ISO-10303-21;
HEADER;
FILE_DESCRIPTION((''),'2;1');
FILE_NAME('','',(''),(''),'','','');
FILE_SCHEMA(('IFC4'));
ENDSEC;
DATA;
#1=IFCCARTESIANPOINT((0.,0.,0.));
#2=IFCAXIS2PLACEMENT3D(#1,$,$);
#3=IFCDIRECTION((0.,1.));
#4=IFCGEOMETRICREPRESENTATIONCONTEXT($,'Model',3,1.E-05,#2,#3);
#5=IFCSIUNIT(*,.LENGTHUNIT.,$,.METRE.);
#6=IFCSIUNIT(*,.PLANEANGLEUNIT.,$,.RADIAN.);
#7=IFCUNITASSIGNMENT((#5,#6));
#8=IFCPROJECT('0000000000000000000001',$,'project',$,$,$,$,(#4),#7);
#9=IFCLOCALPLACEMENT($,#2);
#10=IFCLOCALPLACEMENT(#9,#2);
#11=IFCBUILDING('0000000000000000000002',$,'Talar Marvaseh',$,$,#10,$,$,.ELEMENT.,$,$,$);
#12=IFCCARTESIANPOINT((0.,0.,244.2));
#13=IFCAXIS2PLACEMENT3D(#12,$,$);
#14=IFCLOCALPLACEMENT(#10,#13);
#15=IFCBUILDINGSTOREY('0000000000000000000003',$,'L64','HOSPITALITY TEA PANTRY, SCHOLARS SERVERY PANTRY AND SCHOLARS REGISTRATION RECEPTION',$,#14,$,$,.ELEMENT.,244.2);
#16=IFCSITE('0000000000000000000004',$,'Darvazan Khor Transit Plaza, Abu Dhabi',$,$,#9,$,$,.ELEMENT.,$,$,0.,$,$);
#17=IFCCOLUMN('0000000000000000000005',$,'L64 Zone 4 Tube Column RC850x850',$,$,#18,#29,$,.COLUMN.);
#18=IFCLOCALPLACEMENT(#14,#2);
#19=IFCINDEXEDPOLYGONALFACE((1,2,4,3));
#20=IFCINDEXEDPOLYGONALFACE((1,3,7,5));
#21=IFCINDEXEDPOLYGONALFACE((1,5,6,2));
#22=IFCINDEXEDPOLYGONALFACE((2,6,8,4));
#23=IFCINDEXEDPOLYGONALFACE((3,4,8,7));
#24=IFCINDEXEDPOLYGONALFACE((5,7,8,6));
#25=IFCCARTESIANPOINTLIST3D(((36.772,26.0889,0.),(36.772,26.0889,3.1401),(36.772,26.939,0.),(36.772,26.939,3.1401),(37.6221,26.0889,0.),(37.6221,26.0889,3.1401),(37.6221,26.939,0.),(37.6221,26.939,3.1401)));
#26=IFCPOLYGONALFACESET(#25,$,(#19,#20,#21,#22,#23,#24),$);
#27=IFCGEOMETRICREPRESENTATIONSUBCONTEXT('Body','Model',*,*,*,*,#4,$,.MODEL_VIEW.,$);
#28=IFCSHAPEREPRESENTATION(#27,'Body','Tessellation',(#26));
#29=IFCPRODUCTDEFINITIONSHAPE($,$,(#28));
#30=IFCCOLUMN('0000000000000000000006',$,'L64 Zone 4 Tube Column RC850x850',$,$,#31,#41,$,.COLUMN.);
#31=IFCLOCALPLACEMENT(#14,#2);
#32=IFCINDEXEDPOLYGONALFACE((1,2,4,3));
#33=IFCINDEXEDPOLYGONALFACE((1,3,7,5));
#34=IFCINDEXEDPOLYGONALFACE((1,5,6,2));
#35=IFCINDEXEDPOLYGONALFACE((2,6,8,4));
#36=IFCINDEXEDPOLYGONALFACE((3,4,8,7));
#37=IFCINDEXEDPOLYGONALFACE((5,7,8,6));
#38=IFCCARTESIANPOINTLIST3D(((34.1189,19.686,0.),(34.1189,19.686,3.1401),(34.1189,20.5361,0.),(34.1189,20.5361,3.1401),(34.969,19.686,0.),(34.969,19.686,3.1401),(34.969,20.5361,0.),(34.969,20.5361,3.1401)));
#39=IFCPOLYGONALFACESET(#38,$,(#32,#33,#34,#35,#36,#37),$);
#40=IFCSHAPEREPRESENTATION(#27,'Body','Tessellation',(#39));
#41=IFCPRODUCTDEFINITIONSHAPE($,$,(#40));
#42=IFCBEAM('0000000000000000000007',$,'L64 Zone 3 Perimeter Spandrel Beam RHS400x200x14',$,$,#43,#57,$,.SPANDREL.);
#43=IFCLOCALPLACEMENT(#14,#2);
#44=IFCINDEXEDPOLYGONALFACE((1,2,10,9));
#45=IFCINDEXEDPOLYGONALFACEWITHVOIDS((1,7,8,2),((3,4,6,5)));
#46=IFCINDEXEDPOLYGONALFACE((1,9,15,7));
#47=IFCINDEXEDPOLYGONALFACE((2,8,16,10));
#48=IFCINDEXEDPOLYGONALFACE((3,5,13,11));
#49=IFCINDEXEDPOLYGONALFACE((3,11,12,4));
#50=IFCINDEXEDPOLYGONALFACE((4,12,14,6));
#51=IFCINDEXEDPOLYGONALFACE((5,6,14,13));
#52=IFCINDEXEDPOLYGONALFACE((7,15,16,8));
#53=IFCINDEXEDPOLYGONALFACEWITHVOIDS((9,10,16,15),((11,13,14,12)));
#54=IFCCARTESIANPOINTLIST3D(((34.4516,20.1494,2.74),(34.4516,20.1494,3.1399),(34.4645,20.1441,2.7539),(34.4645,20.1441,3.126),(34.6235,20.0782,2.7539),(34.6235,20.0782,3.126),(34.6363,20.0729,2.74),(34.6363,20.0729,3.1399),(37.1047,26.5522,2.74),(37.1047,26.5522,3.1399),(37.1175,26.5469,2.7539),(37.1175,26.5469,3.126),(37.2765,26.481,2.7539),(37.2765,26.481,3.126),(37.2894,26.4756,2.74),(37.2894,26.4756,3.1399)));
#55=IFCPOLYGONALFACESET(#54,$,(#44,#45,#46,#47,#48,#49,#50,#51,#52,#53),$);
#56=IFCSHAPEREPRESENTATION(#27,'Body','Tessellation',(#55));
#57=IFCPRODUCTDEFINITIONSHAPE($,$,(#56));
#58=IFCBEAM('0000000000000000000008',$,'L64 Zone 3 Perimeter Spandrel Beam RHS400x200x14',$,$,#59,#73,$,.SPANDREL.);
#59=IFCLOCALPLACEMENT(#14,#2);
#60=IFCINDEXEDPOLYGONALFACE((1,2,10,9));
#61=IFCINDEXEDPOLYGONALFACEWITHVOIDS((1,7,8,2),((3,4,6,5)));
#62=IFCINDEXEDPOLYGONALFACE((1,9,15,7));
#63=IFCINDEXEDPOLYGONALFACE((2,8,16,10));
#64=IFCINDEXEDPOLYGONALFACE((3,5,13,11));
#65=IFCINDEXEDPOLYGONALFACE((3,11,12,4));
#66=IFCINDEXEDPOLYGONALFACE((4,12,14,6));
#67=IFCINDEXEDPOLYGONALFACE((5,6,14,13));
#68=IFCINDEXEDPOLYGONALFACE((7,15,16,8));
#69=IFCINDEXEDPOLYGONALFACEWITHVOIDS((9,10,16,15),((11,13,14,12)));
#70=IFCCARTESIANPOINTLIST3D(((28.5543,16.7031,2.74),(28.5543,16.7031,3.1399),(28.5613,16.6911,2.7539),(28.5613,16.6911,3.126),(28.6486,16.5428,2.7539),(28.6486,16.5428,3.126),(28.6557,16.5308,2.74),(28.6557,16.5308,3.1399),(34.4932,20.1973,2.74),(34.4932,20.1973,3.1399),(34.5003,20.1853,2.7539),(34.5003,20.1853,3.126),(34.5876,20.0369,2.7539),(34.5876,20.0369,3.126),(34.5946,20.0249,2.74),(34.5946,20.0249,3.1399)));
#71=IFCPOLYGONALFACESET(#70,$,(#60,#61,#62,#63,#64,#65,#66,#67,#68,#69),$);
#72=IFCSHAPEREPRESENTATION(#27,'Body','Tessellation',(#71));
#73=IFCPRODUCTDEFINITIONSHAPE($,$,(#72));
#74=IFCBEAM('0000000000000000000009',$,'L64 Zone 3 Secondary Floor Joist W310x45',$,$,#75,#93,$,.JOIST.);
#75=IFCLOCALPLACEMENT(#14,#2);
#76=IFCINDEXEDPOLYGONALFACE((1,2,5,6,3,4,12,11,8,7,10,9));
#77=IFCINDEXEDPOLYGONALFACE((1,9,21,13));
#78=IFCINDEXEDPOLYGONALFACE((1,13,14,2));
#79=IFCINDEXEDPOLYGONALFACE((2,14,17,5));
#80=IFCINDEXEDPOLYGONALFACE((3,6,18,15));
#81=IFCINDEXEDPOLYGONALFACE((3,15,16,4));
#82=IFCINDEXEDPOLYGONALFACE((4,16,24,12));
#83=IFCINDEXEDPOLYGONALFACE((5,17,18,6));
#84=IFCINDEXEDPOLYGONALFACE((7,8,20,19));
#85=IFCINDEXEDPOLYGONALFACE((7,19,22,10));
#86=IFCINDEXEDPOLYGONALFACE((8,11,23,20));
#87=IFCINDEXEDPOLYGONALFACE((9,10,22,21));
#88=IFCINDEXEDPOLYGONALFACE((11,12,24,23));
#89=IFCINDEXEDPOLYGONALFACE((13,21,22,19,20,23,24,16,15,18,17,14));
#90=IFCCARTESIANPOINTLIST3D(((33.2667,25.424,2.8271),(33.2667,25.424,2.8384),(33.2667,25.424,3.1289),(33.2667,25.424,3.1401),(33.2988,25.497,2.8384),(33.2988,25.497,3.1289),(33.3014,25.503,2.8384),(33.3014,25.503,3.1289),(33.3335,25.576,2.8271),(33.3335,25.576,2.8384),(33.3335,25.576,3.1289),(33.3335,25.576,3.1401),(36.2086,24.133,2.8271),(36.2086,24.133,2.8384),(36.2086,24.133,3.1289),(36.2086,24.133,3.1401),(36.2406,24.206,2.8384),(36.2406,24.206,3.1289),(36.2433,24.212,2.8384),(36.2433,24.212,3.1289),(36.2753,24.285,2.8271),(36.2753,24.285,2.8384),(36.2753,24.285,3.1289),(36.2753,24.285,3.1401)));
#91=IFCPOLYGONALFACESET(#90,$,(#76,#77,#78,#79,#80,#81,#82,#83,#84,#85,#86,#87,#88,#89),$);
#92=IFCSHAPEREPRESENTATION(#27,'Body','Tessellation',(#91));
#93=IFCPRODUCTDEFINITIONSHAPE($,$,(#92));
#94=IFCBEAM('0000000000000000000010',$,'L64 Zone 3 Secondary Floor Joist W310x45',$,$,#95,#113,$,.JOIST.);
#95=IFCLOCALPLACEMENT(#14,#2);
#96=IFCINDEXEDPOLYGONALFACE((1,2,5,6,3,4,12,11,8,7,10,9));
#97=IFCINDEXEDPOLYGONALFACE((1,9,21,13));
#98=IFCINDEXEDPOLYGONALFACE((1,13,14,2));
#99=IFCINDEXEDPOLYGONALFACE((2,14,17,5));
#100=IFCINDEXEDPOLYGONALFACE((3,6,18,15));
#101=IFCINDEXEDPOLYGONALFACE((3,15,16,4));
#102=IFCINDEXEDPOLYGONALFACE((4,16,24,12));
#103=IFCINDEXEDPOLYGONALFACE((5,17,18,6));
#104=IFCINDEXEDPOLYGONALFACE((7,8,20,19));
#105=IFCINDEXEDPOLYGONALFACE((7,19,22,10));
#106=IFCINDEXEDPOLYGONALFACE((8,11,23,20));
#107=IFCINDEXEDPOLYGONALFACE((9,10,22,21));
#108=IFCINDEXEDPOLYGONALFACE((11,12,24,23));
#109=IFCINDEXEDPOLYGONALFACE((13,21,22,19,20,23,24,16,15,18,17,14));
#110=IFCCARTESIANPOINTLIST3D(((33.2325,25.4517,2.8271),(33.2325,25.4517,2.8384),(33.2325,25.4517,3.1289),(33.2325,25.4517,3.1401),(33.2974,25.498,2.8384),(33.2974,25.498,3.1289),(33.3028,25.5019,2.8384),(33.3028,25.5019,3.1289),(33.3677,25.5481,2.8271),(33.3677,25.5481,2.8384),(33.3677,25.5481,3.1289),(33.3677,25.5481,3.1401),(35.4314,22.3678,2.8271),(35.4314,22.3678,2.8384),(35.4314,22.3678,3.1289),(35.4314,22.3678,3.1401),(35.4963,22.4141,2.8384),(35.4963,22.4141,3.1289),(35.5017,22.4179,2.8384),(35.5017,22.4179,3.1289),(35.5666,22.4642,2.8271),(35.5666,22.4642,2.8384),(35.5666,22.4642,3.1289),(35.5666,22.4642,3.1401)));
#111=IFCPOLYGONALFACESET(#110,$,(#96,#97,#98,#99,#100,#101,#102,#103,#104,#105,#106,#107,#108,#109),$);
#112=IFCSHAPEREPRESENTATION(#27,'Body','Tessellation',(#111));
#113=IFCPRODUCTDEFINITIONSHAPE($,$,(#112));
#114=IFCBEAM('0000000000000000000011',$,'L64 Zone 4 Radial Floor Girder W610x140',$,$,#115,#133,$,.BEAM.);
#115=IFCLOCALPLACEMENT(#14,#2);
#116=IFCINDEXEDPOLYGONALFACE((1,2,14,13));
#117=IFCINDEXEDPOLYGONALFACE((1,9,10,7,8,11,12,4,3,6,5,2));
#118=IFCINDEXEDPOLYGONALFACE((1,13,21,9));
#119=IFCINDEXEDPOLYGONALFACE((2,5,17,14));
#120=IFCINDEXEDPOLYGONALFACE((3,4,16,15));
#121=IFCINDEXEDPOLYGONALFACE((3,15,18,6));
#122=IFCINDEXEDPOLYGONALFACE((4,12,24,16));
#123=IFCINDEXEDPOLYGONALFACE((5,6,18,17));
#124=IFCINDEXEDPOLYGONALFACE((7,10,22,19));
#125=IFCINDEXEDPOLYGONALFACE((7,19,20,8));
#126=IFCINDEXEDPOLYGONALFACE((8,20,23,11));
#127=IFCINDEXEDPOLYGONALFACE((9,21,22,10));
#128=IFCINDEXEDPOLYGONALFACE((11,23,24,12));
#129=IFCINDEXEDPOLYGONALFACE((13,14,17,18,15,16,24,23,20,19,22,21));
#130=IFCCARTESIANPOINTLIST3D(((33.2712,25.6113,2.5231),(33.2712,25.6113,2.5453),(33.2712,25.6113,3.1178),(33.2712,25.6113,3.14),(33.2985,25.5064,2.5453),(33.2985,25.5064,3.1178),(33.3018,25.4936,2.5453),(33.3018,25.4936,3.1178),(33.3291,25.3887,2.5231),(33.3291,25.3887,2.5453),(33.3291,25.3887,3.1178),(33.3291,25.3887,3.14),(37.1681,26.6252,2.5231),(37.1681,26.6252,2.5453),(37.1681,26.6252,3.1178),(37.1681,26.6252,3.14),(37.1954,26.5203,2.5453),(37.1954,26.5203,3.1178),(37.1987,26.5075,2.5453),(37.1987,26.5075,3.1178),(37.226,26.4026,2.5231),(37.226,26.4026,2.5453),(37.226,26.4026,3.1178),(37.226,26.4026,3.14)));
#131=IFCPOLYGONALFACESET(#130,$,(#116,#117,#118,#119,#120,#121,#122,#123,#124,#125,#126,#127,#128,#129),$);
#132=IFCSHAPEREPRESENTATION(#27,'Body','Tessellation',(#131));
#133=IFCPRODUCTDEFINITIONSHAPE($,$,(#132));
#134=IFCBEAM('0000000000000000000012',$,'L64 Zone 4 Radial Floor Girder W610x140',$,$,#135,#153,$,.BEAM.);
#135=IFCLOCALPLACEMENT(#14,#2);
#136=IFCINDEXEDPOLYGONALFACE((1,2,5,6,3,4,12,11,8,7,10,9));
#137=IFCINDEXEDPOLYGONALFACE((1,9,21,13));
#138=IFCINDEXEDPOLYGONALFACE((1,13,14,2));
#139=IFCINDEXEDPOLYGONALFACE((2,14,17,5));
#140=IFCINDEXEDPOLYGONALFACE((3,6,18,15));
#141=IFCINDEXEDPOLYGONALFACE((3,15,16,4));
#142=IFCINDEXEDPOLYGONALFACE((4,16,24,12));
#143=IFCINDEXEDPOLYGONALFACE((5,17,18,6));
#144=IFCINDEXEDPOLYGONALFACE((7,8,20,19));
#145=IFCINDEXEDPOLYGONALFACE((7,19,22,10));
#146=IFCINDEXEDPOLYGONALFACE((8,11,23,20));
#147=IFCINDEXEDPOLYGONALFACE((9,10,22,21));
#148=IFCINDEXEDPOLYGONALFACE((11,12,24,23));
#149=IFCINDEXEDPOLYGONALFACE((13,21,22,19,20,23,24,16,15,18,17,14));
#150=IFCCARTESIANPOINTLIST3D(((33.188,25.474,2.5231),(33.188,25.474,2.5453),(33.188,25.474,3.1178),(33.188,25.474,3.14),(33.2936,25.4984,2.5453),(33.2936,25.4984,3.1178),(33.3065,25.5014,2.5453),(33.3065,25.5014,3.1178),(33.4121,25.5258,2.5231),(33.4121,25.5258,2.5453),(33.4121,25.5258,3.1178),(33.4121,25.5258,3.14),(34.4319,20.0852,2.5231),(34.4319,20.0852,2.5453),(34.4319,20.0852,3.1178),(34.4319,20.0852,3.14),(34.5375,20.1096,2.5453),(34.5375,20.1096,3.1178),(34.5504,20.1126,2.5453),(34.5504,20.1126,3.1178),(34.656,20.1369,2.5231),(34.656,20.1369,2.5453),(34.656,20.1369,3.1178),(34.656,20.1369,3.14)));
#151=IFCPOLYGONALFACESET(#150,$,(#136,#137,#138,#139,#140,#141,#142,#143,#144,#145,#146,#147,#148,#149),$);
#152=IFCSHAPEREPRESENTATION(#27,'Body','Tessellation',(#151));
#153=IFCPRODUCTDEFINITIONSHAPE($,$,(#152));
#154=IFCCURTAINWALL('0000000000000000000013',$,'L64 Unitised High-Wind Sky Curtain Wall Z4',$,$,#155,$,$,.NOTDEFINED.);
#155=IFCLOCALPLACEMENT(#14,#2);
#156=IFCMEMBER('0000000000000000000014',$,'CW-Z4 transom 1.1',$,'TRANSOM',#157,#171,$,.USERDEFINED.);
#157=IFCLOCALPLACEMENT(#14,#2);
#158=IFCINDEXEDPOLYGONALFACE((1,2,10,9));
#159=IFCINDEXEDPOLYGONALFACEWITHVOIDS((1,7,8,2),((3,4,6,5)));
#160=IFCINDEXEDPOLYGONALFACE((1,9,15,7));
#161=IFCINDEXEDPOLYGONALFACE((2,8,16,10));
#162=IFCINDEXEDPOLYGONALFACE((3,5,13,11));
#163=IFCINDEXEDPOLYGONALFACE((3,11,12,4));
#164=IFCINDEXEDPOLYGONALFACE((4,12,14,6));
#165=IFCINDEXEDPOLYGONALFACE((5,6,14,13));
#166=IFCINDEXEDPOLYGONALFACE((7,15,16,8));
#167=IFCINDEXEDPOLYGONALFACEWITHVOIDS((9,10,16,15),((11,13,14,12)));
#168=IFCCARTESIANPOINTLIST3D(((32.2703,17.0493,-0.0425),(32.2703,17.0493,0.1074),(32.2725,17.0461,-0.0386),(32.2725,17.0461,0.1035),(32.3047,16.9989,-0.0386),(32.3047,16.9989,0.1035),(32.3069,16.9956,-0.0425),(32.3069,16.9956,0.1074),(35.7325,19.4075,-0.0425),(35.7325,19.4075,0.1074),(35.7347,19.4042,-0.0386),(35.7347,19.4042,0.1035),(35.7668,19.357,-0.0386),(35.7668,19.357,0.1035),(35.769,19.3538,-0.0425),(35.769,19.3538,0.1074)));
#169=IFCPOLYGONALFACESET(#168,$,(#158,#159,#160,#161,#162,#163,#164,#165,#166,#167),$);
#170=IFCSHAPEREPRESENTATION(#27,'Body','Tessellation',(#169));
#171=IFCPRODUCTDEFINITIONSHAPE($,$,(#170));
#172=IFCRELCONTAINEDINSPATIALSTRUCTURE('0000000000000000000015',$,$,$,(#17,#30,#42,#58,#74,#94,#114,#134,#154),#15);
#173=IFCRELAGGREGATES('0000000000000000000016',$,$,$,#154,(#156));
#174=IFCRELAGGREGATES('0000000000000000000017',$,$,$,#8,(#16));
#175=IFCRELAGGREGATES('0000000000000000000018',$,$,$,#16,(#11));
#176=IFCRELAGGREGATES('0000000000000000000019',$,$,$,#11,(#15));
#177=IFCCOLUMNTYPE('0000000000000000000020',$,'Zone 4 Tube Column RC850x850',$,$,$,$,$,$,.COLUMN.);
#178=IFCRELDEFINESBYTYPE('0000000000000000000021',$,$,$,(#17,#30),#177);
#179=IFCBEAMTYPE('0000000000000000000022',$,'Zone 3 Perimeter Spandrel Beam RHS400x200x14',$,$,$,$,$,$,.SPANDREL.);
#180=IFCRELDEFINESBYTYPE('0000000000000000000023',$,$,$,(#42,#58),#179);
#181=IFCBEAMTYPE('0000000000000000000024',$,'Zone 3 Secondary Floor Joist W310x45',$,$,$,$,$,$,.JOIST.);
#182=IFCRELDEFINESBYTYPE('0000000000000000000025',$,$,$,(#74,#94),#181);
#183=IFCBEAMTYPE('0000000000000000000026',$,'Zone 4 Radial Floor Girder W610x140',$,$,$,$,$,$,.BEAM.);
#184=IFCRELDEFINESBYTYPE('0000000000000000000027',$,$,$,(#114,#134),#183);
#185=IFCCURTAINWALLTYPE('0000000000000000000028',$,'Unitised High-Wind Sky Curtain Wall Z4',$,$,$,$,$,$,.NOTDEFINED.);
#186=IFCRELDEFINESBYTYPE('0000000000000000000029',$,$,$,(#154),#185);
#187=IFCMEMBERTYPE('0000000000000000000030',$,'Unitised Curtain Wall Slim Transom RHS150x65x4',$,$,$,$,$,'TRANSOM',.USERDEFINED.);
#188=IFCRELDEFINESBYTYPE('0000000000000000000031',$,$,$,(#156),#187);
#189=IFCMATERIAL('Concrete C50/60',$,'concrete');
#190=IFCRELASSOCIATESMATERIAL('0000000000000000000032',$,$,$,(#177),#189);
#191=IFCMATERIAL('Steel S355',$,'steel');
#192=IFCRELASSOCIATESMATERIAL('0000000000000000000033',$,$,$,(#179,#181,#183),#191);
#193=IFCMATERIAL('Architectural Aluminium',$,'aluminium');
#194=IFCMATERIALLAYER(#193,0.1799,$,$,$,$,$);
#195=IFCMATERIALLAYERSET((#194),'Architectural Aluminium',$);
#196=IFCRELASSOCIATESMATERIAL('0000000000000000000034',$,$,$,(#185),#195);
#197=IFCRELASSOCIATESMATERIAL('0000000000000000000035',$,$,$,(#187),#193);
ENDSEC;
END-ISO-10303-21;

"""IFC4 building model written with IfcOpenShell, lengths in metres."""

from ifc_helpers import new_model, si_unit, direction, frame, origin, origin_2d, place, context, subcontext, project, spatial, rectangle, hollow_rectangle, i_section, extrude, source, transform, mapped, material, layer, layer_set, material_profile, profile_set, type_object, element, aggregate, save


model = new_model("IFC4")

# Units and contexts
model_context = context("Model", 3, precision=1e-05, world=origin(), true_north=direction((0.0, 1.0)))
body_context = subcontext(model_context, "Body", "Model", "MODEL_VIEW")
ifc_project = project(units=[si_unit("LENGTHUNIT", "METRE"), si_unit("PLANEANGLEUNIT", "RADIAN")], contexts=[model_context])

# Site, building, storey
site_placement = place(None, origin())
site = spatial("IfcSite", under=ifc_project, at=site_placement, Name="Darvazan Khor Transit Plaza, Abu Dhabi", CompositionType="ELEMENT", RefElevation=0.0)
building_placement = place(site_placement, origin())
building = spatial("IfcBuilding", under=site, at=building_placement, Name="Talar Marvaseh", CompositionType="ELEMENT")
storey_placement = place(building_placement, frame((0.0, 0.0, 244.2)))
storey = spatial("IfcBuildingStorey", under=building, at=storey_placement, Name="L64", Description="HOSPITALITY TEA PANTRY, SCHOLARS SERVERY PANTRY AND SCHOLARS REGISTRATION RECEPTION", CompositionType="ELEMENT", Elevation=244.2)

# Columns
ifc_material_1 = material(Name="Concrete C50/60", Category="concrete")
ifc_material_profile_1 = material_profile(ifc_material_1, rectangle(XDim=0.8501, YDim=0.8501, at=origin_2d()), Name="RC850x850")
ifc_profile_set_1 = profile_set([ifc_material_profile_1], Name="Concrete C50/60")
column_type = type_object("IfcColumnType", Name="Zone 4 Tube Column RC850x850", PredefinedType="COLUMN", material=ifc_profile_set_1)
for number, where, z_axis, x_axis, name in (
    (1, (37.197, 26.5139, 0.0), (0.0, 0.0, 1.0), (1.0, 0.0, 0.0), "L64 Zone 4 Tube Column RC850x850"),
    (2, (34.5439, 20.1111, 0.0), (0.0, 0.0, 1.0), (1.0, 0.0, 0.0), "L64 Zone 4 Tube Column RC850x850"),
):
    element("IfcColumn", number, at=place(storey_placement, frame(where, z_axis=z_axis, x_axis=x_axis)), inside=storey, type_object=column_type, Name=name, PredefinedType="COLUMN", context=body_context, shape_type="SweptSolid", body=[
        extrude(rectangle(XDim=0.8501, YDim=0.8501, at=origin_2d()), origin(), (0.0, 0.0, 1.0), 3.1401),
    ])

# Beams
ifc_material_2 = material(Name="Steel S355", Category="steel")
ifc_material_profile_2 = material_profile(ifc_material_2, hollow_rectangle(XDim=0.2, YDim=0.3999, WallThickness=0.0139, at=origin_2d()), Name="RHS400x200x14")
ifc_profile_set_2 = profile_set([ifc_material_profile_2], Name="Steel S355")
beam_type_1 = type_object("IfcBeamType", Name="Zone 3 Perimeter Spandrel Beam RHS400x200x14", PredefinedType="SPANDREL", material=ifc_profile_set_2)
beam_1_placement = place(storey_placement, frame((37.197, 26.5139, 2.9399), z_axis=(-0.382799, -0.923832, 0.0), x_axis=(0.923832, -0.382799, 0.0)))
element("IfcBeam", 3, at=beam_1_placement, inside=storey, type_object=beam_type_1, Name="L64 Zone 3 Perimeter Spandrel Beam RHS400x200x14", PredefinedType="SPANDREL", context=body_context, shape_type="SweptSolid", body=[
    extrude(hollow_rectangle(XDim=0.2, YDim=0.3999, WallThickness=0.0139, at=origin_2d()), origin(), (0.0, 0.0, 1.0), 6.9307),
])
beam_2_placement = place(storey_placement, frame((34.5439, 20.1111, 2.9399), z_axis=(-0.861894, -0.507088, 0.0), x_axis=(0.507088, -0.861894, 0.0)))
element("IfcBeam", 4, at=beam_2_placement, inside=storey, type_object=beam_type_1, Name="L64 Zone 3 Perimeter Spandrel Beam RHS400x200x14", PredefinedType="SPANDREL", context=body_context, shape_type="SweptSolid", body=[
    extrude(hollow_rectangle(XDim=0.2, YDim=0.3999, WallThickness=0.0139, at=origin_2d()), origin(), (0.0, 0.0, 1.0), 6.8906),
])
ifc_material_profile_3 = material_profile(ifc_material_2, i_section(OverallWidth=0.166, OverallDepth=0.313, WebThickness=0.0066, FlangeThickness=0.0112, at=origin_2d()), Name="W310x45")
ifc_profile_set_3 = profile_set([ifc_material_profile_3], Name="Steel S355")
beam_type_2 = type_object("IfcBeamType", Name="Zone 3 Secondary Floor Joist W310x45", PredefinedType="JOIST", material=ifc_profile_set_3)
beam_3_placement = place(storey_placement, frame((36.2419, 24.209, 2.9836), z_axis=(-0.915707, 0.401847, 0.0), x_axis=(-0.401847, -0.915707, 0.0)))
element("IfcBeam", 5, at=beam_3_placement, inside=storey, type_object=beam_type_2, Name="L64 Zone 3 Secondary Floor Joist W310x45", PredefinedType="JOIST", context=body_context, shape_type="SweptSolid", body=[
    extrude(i_section(OverallWidth=0.166, OverallDepth=0.313, WebThickness=0.0066, FlangeThickness=0.0112, at=origin_2d()), origin(), (0.0, 0.0, 1.0), 3.2126),
])
beam_4_placement = place(storey_placement, frame((35.499, 22.416, 2.9836), z_axis=(-0.580561, 0.814217, 0.0), x_axis=(-0.814217, -0.580561, 0.0)))
element("IfcBeam", 6, at=beam_4_placement, inside=storey, type_object=beam_type_2, Name="L64 Zone 3 Secondary Floor Joist W310x45", PredefinedType="JOIST", context=body_context, shape_type="SweptSolid", body=[
    extrude(i_section(OverallWidth=0.166, OverallDepth=0.313, WebThickness=0.0066, FlangeThickness=0.0112, at=origin_2d()), origin(), (0.0, 0.0, 1.0), 3.7876),
])
ifc_material_profile_4 = material_profile(ifc_material_2, i_section(OverallWidth=0.23, OverallDepth=0.6169, WebThickness=0.0132, FlangeThickness=0.0222, at=origin_2d()), Name="W610x140")
ifc_profile_set_4 = profile_set([ifc_material_profile_4], Name="Steel S355")
beam_type_3 = type_object("IfcBeamType", Name="Zone 4 Radial Floor Girder W610x140", PredefinedType="BEAM", material=ifc_profile_set_4)
beam_5_placement = place(storey_placement, frame((37.197, 26.5139, 2.8315), z_axis=(-0.96778, -0.251797, 0.0), x_axis=(0.251797, -0.96778, 0.0)))
element("IfcBeam", 7, at=beam_5_placement, inside=storey, type_object=beam_type_3, Name="L64 Zone 4 Radial Floor Girder W610x140", PredefinedType="BEAM", context=body_context, shape_type="SweptSolid", body=[
    extrude(i_section(OverallWidth=0.23, OverallDepth=0.6169, WebThickness=0.0132, FlangeThickness=0.0222, at=origin_2d()), origin(), (0.0, 0.0, 1.0), 4.0266),
])
beam_6_placement = place(storey_placement, frame((34.5439, 20.1111, 2.8315), z_axis=(-0.224911, 0.974379, 0.0), x_axis=(-0.974379, -0.224911, 0.0)))
element("IfcBeam", 8, at=beam_6_placement, inside=storey, type_object=beam_type_3, Name="L64 Zone 4 Radial Floor Girder W610x140", PredefinedType="BEAM", context=body_context, shape_type="SweptSolid", body=[
    extrude(i_section(OverallWidth=0.23, OverallDepth=0.6169, WebThickness=0.0132, FlangeThickness=0.0222, at=origin_2d()), origin(), (0.0, 0.0, 1.0), 5.5305),
])

# Curtain wall, member
ifc_material_3 = material(Name="Architectural Aluminium", Category="aluminium")
ifc_layer_1 = layer(ifc_material_3, 0.1799)
ifc_layer_set_1 = layer_set([ifc_layer_1], Name="Architectural Aluminium")
curtain_wall_type = type_object("IfcCurtainWallType", Name="Unitised High-Wind Sky Curtain Wall Z4", PredefinedType="NOTDEFINED", material=ifc_layer_set_1)
curtain_wall_1_placement = place(storey_placement, origin())
curtain_wall_1 = element("IfcCurtainWall", 9, at=curtain_wall_1_placement, inside=storey, type_object=curtain_wall_type, Name="L64 Unitised High-Wind Sky Curtain Wall Z4", PredefinedType="NOTDEFINED")
ifc_material_profile_5 = material_profile(ifc_material_3, hollow_rectangle(XDim=0.0649, YDim=0.1499, WallThickness=0.0039, at=origin_2d()), Name="RHS150x65x4")
ifc_profile_set_5 = profile_set([ifc_material_profile_5], Name="Architectural Aluminium")
member_type_1 = type_object("IfcMemberType", Name="Unitised Curtain Wall Slim Transom RHS150x65x4", ElementType="TRANSOM", PredefinedType="USERDEFINED", material=ifc_profile_set_5)
shared_shape_1 = source(origin(), body_context, "Body", "SweptSolid", [
    extrude(hollow_rectangle(XDim=0.0649, YDim=0.1499, WallThickness=0.0039, at=origin_2d()), origin(), (0.0, 0.0, 1.0), 4.189),
])
member_1_placement = place(storey_placement, frame((35.7507, 19.3806, 0.0325), z_axis=(-0.826495, -0.562944, 0.0), x_axis=(0.562944, -0.826495, 0.0)))
member_1 = element("IfcMember", 10, at=member_1_placement, type_object=member_type_1, Name="CW-Z4 transom 1.1", ObjectType="TRANSOM", PredefinedType="USERDEFINED", context=body_context, shape_type="MappedRepresentation", body=[
    mapped(shared_shape_1, transform((0.0, 0.0, 0.0), x_axis=(1.0, 0.0, 0.0), y_axis=(0.0, 1.0, 0.0), z_axis=(0.0, 0.0, 1.0), scale=1.0)),
])

aggregate(curtain_wall_1, [member_1])

save(model, "model.ifc")
